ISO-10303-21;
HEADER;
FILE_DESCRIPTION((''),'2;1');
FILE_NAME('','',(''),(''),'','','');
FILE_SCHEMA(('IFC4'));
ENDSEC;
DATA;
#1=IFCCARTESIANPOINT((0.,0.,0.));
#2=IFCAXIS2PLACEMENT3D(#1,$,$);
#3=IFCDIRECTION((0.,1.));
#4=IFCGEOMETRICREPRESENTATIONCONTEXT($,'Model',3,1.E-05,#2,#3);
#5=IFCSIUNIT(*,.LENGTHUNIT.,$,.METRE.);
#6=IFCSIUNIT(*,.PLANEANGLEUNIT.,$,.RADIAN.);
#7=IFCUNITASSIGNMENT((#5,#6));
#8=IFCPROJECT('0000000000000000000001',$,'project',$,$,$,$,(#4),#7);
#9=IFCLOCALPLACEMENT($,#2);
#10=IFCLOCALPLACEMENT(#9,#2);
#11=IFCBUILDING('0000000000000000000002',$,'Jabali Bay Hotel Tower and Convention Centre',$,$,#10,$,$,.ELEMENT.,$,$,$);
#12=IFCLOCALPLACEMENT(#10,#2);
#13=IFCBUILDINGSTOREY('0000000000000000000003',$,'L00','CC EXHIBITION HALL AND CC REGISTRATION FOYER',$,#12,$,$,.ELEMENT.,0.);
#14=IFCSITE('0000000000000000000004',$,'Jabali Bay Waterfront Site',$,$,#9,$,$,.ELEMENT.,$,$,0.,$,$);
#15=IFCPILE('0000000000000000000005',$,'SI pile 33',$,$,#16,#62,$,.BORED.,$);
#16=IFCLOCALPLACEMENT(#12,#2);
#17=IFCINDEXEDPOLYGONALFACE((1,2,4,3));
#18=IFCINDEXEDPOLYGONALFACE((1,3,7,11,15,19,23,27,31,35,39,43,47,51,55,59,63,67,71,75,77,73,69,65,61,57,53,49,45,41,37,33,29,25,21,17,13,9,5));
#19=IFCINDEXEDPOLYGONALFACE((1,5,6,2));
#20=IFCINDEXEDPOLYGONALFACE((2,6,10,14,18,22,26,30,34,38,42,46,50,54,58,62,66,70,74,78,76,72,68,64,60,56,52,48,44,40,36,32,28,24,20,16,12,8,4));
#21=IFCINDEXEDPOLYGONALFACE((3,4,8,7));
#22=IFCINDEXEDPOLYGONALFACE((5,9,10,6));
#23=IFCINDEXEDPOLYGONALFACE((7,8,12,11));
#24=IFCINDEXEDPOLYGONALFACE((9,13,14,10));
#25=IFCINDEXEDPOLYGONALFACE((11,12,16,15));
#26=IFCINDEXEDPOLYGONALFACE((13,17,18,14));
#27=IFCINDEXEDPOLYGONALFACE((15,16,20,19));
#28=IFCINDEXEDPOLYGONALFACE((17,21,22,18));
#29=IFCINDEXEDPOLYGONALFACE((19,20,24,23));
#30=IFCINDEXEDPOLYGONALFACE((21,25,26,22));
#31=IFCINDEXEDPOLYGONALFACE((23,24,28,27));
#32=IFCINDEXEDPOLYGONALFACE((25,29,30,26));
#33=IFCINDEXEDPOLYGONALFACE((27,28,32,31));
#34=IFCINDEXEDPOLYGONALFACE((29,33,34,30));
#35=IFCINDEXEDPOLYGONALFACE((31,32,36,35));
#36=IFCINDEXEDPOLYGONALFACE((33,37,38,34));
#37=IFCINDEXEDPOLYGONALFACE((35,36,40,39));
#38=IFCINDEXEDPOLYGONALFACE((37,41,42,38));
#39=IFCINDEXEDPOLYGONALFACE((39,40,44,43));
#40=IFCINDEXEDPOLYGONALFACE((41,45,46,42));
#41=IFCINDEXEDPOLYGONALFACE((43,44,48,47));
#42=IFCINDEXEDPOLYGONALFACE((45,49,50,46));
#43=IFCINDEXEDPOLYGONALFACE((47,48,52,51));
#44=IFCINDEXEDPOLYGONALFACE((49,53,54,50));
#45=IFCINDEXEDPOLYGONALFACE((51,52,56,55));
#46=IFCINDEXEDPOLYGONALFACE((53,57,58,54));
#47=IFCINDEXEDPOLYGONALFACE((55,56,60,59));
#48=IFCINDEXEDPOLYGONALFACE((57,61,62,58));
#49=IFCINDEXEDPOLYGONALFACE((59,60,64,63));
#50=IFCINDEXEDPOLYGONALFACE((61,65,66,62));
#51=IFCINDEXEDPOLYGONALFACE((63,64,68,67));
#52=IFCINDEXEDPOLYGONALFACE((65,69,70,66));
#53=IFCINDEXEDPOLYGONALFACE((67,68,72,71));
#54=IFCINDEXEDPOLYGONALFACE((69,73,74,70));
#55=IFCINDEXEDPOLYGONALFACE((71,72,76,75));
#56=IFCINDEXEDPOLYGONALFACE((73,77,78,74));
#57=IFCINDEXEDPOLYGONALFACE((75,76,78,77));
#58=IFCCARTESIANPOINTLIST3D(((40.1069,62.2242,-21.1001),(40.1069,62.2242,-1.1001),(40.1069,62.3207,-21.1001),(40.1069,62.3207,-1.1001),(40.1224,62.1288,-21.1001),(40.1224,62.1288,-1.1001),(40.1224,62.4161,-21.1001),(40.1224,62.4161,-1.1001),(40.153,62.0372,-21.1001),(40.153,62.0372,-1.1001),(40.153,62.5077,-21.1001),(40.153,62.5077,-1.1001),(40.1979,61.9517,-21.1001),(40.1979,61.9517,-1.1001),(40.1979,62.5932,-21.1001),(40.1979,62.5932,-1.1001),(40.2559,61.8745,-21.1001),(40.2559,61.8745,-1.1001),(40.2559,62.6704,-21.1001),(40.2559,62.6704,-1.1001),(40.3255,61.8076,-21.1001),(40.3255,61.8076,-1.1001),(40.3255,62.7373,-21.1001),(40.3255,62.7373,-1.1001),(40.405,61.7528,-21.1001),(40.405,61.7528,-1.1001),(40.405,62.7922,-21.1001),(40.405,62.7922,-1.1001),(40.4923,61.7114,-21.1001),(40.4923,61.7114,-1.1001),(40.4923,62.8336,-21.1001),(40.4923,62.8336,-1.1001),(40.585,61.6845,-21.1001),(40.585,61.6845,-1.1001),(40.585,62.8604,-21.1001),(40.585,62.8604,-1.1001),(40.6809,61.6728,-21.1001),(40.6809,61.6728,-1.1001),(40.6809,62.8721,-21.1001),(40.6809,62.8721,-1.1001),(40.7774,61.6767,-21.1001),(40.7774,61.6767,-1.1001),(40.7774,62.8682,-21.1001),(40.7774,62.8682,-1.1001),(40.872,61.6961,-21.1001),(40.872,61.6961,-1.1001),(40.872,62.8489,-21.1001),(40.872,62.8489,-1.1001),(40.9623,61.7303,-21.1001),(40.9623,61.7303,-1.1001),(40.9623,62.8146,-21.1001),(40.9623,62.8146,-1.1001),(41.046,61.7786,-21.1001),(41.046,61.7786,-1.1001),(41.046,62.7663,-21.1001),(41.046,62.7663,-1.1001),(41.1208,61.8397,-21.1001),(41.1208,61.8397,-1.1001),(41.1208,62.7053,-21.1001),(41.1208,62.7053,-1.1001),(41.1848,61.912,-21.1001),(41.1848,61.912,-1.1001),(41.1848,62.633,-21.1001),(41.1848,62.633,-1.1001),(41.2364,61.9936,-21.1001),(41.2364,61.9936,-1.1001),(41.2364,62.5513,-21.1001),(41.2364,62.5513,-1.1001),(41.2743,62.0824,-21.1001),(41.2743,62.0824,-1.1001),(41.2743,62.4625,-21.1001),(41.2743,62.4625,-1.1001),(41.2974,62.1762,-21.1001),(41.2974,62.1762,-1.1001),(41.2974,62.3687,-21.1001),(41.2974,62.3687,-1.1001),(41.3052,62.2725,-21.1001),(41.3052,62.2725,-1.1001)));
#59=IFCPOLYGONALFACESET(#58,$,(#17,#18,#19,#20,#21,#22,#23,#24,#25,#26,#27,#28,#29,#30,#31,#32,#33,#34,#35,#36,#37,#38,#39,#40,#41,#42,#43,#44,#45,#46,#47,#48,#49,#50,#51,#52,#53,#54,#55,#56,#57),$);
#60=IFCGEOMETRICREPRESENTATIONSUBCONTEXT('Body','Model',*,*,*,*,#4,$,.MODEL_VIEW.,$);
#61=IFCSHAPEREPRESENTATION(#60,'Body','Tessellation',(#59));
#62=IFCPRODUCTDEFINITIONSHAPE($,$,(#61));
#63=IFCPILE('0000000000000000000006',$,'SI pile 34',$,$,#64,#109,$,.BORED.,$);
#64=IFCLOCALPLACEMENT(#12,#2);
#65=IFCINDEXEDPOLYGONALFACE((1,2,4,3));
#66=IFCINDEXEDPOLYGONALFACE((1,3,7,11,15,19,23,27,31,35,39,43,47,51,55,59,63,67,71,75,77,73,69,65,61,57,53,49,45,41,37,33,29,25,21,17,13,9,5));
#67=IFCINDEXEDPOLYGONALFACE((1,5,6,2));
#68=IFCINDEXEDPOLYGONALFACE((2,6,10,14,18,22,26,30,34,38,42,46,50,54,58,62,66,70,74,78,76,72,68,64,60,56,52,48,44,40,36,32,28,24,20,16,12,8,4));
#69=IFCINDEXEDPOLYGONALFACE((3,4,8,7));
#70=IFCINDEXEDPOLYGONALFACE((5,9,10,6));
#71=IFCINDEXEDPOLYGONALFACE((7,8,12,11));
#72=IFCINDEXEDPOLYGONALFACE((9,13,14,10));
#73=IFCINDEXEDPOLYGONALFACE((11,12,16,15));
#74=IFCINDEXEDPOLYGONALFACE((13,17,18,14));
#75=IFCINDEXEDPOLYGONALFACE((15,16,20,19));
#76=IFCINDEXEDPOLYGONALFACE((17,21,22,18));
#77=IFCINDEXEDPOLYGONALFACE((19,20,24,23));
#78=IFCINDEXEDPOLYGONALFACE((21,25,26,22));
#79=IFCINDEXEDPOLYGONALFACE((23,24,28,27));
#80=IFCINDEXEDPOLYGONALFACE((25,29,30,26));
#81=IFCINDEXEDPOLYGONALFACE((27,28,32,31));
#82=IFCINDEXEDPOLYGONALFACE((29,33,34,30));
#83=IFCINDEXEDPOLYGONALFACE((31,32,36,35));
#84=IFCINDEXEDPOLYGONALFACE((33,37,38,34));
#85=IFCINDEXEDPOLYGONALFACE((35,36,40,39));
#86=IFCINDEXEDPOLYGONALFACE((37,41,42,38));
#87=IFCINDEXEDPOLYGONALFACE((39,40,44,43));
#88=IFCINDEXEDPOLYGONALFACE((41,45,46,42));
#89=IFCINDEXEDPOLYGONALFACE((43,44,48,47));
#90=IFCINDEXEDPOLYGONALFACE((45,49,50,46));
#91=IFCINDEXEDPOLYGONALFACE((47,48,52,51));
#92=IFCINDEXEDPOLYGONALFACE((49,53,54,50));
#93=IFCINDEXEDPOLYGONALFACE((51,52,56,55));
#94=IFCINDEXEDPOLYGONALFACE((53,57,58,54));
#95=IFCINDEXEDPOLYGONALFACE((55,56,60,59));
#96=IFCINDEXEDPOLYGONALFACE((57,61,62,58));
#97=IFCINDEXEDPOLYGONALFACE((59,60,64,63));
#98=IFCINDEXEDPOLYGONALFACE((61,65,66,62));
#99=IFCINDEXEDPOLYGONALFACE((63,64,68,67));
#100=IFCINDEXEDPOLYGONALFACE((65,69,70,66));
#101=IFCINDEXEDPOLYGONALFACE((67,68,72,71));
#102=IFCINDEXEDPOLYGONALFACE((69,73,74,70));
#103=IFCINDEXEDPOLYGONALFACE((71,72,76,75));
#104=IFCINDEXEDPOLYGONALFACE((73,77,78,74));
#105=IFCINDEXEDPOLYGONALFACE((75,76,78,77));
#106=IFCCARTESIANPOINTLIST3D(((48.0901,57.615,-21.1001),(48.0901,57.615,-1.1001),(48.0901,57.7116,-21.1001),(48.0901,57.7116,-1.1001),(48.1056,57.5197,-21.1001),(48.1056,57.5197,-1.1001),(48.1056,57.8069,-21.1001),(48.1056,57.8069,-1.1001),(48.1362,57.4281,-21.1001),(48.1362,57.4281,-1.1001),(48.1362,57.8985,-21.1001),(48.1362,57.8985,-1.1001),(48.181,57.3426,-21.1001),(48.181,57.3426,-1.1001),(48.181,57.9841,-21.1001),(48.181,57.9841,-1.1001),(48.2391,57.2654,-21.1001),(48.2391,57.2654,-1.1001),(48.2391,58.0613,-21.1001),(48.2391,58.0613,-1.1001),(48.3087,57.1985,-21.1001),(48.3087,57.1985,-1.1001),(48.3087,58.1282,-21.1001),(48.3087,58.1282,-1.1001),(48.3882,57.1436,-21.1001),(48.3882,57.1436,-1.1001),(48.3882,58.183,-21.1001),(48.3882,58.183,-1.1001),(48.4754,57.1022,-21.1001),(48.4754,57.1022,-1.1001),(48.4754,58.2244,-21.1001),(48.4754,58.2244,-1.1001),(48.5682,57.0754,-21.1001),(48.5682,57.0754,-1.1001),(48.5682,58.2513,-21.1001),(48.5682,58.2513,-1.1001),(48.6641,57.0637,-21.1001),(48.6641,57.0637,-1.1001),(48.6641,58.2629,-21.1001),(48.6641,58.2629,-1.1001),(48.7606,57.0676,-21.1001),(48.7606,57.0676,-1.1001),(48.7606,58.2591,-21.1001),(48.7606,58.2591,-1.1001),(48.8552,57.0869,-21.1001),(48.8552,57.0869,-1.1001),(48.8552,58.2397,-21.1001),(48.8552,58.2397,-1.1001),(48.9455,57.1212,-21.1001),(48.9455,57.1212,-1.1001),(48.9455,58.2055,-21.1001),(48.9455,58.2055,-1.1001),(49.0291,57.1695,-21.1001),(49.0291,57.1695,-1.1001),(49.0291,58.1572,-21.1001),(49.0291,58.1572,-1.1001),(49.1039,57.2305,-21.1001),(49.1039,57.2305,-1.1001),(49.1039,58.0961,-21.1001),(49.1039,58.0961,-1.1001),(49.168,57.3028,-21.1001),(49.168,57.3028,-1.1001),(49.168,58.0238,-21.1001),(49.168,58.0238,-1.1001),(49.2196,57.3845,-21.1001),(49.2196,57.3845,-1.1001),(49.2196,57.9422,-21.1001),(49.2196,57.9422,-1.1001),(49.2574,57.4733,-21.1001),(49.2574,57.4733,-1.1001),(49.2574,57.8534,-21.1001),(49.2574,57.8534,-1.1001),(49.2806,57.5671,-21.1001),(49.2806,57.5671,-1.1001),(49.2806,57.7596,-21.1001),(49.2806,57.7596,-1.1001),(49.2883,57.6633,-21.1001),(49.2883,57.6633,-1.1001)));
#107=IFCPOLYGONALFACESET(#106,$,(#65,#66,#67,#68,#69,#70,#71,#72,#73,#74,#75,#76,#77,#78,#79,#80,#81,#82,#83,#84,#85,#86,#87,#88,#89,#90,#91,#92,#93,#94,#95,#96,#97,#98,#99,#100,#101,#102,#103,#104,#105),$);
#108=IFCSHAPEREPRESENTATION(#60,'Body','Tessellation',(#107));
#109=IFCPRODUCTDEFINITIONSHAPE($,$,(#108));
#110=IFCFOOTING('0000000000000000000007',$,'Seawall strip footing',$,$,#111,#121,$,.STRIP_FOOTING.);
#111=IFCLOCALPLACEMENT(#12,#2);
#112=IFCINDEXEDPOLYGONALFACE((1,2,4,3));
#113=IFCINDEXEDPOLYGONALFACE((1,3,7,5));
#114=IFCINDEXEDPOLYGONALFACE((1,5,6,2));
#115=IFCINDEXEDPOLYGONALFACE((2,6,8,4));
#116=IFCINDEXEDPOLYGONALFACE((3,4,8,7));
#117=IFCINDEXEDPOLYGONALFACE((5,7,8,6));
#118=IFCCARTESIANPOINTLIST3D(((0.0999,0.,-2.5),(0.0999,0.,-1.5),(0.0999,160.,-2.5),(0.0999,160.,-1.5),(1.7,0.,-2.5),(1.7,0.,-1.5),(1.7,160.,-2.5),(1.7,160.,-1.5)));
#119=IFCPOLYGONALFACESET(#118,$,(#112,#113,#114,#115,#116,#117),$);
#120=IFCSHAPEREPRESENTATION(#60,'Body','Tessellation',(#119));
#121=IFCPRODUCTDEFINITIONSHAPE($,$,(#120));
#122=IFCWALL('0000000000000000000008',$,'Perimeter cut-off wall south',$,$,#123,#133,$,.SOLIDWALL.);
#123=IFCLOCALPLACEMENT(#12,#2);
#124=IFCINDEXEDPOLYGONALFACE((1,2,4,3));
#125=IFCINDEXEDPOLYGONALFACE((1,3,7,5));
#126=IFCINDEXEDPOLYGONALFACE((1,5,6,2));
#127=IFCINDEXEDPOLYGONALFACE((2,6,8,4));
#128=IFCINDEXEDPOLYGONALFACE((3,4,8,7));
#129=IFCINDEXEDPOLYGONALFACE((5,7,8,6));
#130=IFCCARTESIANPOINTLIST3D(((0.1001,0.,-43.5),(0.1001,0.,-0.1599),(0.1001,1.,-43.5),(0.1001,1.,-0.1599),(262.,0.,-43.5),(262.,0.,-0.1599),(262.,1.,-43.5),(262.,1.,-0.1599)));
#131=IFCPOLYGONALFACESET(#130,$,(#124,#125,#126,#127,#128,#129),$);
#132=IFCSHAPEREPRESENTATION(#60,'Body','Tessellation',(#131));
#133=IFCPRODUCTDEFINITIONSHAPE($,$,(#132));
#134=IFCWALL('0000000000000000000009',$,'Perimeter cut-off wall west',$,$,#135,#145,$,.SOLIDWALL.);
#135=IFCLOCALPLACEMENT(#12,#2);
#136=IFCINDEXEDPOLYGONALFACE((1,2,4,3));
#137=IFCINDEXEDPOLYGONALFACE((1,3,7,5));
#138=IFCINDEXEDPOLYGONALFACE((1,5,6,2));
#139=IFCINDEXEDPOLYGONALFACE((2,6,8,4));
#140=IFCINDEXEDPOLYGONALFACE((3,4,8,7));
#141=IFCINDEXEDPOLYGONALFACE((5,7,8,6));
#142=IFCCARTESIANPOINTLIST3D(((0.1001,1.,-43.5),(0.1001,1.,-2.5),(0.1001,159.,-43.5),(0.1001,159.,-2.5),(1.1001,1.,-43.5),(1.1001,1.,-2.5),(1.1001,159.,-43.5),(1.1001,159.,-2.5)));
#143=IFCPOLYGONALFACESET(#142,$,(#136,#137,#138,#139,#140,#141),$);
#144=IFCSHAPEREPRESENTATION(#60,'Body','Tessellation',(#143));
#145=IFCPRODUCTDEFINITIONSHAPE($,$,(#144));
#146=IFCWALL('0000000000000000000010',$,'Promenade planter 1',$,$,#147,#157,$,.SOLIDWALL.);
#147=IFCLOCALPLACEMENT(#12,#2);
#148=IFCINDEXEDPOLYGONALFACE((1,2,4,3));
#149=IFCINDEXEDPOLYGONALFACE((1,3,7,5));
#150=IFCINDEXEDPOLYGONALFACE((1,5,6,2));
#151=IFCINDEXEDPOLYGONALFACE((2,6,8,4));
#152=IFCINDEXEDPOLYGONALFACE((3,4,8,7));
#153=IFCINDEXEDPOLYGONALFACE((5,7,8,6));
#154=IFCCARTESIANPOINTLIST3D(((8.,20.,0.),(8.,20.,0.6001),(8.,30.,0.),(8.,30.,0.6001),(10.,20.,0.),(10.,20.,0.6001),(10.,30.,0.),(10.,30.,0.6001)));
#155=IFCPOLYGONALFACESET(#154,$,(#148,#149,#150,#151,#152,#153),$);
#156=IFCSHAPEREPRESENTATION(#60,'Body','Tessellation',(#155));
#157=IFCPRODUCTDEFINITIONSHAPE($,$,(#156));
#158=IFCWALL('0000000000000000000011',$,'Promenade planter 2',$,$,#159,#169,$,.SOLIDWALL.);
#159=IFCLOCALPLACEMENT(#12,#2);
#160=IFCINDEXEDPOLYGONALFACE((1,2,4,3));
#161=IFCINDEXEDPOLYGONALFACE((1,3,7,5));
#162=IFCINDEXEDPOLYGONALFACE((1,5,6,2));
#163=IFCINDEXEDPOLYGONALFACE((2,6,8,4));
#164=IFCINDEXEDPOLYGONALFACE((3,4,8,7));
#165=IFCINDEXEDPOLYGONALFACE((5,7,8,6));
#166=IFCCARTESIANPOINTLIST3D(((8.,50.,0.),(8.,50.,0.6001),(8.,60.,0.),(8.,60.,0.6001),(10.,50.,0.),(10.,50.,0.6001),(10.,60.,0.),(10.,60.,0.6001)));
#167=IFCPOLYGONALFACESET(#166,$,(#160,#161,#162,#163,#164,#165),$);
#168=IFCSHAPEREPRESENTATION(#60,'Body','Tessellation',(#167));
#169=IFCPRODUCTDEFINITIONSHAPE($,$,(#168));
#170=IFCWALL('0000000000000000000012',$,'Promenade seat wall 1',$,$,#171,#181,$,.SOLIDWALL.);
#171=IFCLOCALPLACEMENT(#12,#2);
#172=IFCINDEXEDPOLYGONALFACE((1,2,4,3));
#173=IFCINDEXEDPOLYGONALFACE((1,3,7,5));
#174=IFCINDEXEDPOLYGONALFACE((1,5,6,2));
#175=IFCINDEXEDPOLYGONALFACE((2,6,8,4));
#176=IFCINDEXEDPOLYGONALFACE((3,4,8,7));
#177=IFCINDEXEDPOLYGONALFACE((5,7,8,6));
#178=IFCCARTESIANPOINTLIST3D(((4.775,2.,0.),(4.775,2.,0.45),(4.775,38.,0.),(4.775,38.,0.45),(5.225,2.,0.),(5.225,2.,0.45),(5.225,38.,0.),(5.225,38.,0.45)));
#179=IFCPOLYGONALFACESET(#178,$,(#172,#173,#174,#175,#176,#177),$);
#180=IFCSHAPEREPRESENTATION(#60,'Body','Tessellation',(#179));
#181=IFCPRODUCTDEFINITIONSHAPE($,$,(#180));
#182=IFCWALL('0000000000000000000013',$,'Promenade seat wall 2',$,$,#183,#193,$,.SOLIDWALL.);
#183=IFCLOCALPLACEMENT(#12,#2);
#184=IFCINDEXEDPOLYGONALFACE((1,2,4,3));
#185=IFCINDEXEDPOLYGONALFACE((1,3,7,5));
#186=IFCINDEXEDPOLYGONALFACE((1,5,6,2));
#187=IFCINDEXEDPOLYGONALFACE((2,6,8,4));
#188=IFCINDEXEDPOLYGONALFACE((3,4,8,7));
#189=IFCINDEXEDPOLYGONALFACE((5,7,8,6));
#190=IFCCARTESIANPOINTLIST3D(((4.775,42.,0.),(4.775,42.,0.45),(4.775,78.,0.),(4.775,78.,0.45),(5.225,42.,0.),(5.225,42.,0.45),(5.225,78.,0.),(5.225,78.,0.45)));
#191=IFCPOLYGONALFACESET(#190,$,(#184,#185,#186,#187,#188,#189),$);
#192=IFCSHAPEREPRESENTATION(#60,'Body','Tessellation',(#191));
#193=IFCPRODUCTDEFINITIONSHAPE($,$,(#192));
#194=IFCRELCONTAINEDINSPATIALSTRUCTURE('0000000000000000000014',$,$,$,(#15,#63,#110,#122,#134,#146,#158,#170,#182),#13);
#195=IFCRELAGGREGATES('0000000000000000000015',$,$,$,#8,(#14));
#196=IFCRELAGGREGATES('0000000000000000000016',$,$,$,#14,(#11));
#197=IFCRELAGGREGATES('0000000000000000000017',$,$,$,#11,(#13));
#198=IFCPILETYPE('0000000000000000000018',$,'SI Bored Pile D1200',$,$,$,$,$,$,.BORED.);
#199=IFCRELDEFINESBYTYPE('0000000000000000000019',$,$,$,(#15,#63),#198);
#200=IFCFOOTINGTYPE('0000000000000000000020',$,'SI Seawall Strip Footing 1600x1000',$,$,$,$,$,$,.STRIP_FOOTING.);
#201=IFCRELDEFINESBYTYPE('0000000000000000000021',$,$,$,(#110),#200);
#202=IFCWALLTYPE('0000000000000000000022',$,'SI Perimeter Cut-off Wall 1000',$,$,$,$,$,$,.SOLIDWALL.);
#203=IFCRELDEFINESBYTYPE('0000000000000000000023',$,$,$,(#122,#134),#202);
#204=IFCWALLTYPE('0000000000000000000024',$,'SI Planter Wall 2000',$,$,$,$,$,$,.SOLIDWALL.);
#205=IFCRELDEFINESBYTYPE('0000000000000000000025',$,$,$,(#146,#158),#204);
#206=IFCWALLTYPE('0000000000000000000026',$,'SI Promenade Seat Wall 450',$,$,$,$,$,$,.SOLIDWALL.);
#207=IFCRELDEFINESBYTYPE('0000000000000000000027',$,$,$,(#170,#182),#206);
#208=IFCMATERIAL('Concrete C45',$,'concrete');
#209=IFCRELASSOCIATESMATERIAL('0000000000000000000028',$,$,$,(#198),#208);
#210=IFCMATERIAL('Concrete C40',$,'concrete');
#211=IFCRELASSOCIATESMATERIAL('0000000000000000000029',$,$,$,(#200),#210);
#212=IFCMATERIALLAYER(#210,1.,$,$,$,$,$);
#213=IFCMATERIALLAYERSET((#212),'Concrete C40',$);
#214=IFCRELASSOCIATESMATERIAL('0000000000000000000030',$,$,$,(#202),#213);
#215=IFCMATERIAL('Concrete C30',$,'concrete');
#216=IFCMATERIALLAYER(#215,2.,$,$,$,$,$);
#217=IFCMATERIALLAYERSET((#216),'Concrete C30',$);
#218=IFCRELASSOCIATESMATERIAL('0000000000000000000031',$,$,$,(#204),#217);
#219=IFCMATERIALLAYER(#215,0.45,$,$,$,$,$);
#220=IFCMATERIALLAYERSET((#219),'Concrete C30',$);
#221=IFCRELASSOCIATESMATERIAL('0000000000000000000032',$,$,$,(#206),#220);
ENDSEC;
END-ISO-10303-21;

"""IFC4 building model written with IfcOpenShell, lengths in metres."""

from ifc_helpers import new_model, si_unit, direction, frame, frame_2d, origin, origin_2d, place, context, subcontext, project, spatial, rectangle, circle, extrude, material, layer, layer_set, material_profile, profile_set, type_object, element, save


model = new_model("IFC4")

# Units and contexts
model_context = context("Model", 3, precision=1e-05, world=origin(), true_north=direction((0.0, 1.0)))
body_context = subcontext(model_context, "Body", "Model", "MODEL_VIEW")
ifc_project = project(units=[si_unit("LENGTHUNIT", "METRE"), si_unit("PLANEANGLEUNIT", "RADIAN")], contexts=[model_context])

# Site, building, storey
site_placement = place(None, origin())
site = spatial("IfcSite", under=ifc_project, at=site_placement, Name="Jabali Bay Waterfront Site", CompositionType="ELEMENT", RefElevation=0.0)
building_placement = place(site_placement, origin())
building = spatial("IfcBuilding", under=site, at=building_placement, Name="Jabali Bay Hotel Tower and Convention Centre", CompositionType="ELEMENT")
storey_placement = place(building_placement, origin())
storey = spatial("IfcBuildingStorey", under=building, at=storey_placement, Name="L00", Description="CC EXHIBITION HALL AND CC REGISTRATION FOYER", CompositionType="ELEMENT", Elevation=0.0)

# Piles
ifc_material_1 = material(Name="Concrete C45", Category="concrete")
ifc_material_profile_1 = material_profile(ifc_material_1, circle(Radius=0.6001, at=origin_2d()), Name="D1200")
ifc_profile_set_1 = profile_set([ifc_material_profile_1], Name="Concrete C45")
pile_type = type_object("IfcPileType", Name="SI Bored Pile D1200", PredefinedType="BORED", material=ifc_profile_set_1)
for number, where, z_axis, x_axis, name in (
    (1, (40.7051, 62.2725, -1.1001), (0.0, 0.0, -1.0), (1.0, 0.0, 0.0), "SI pile 33"),
    (2, (48.6882, 57.6633, -1.1001), (0.0, 0.0, -1.0), (1.0, 0.0, 0.0), "SI pile 34"),
):
    element("IfcPile", number, at=place(storey_placement, frame(where, z_axis=z_axis, x_axis=x_axis)), inside=storey, type_object=pile_type, Name=name, PredefinedType="BORED", context=body_context, shape_type="SweptSolid", body=[
        extrude(circle(Radius=0.6001, at=origin_2d()), origin(), (0.0, 0.0, 1.0), 20.0),
    ])

# Footing
ifc_material_2 = material(Name="Concrete C40", Category="concrete")
ifc_material_profile_2 = material_profile(ifc_material_2, rectangle(XDim=1.6001, YDim=1.0, at=origin_2d()), Name="RC 1600x1000")
ifc_profile_set_2 = profile_set([ifc_material_profile_2], Name="Concrete C40")
footing_type = type_object("IfcFootingType", Name="SI Seawall Strip Footing 1600x1000", PredefinedType="STRIP_FOOTING", material=ifc_profile_set_2)
footing_placement = place(storey_placement, frame((0.8999, 0.0, -2.0), z_axis=(0.0, 1.0, 0.0), x_axis=(-1.0, 0.0, 0.0)))
element("IfcFooting", 3, at=footing_placement, inside=storey, type_object=footing_type, Name="Seawall strip footing", PredefinedType="STRIP_FOOTING", context=body_context, shape_type="SweptSolid", body=[
    extrude(rectangle(XDim=1.6001, YDim=1.0, at=origin_2d()), origin(), (0.0, 0.0, 1.0), 160.0),
])

# Walls
ifc_layer_1 = layer(ifc_material_2, 1.0)
ifc_layer_set_1 = layer_set([ifc_layer_1], Name="Concrete C40")
wall_type_1 = type_object("IfcWallType", Name="SI Perimeter Cut-off Wall 1000", PredefinedType="SOLIDWALL", material=ifc_layer_set_1)
wall_1_placement = place(storey_placement, frame((0.1001, 0.5, -43.5), z_axis=(0.0, 0.0, 1.0), x_axis=(1.0, 0.0, 0.0)))
element("IfcWall", 4, at=wall_1_placement, inside=storey, type_object=wall_type_1, Name="Perimeter cut-off wall south", PredefinedType="SOLIDWALL", context=body_context, shape_type="SweptSolid", body=[
    extrude(rectangle(XDim=261.8999, YDim=1.0, at=frame_2d((130.95, 0.0))), origin(), (0.0, 0.0, 1.0), 43.3401),
])
wall_2_placement = place(storey_placement, frame((0.6001, 1.0, -43.5), z_axis=(0.0, 0.0, 1.0), x_axis=(0.0, 1.0, 0.0)))
element("IfcWall", 5, at=wall_2_placement, inside=storey, type_object=wall_type_1, Name="Perimeter cut-off wall west", PredefinedType="SOLIDWALL", context=body_context, shape_type="SweptSolid", body=[
    extrude(rectangle(XDim=158.0, YDim=1.0, at=frame_2d((79.0, 0.0))), origin(), (0.0, 0.0, 1.0), 41.0),
])
ifc_material_3 = material(Name="Concrete C30", Category="concrete")
ifc_layer_2 = layer(ifc_material_3, 2.0)
ifc_layer_set_2 = layer_set([ifc_layer_2], Name="Concrete C30")
wall_type_2 = type_object("IfcWallType", Name="SI Planter Wall 2000", PredefinedType="SOLIDWALL", material=ifc_layer_set_2)
for number, where, z_axis, x_axis, name in (
    (6, (9.0, 20.0, 0.0), (0.0, 0.0, 1.0), (0.0, 1.0, 0.0), "Promenade planter 1"),
    (7, (9.0, 50.0, 0.0), (0.0, 0.0, 1.0), (0.0, 1.0, 0.0), "Promenade planter 2"),
):
    element("IfcWall", number, at=place(storey_placement, frame(where, z_axis=z_axis, x_axis=x_axis)), inside=storey, type_object=wall_type_2, Name=name, PredefinedType="SOLIDWALL", context=body_context, shape_type="SweptSolid", body=[
        extrude(rectangle(XDim=10.0, YDim=2.0, at=frame_2d((5.0, 0.0))), origin(), (0.0, 0.0, 1.0), 0.6001),
    ])
ifc_layer_3 = layer(ifc_material_3, 0.45)
ifc_layer_set_3 = layer_set([ifc_layer_3], Name="Concrete C30")
wall_type_3 = type_object("IfcWallType", Name="SI Promenade Seat Wall 450", PredefinedType="SOLIDWALL", material=ifc_layer_set_3)
for number, where, z_axis, x_axis, name in (
    (8, (5.0, 2.0, 0.0), (0.0, 0.0, 1.0), (0.0, 1.0, 0.0), "Promenade seat wall 1"),
    (9, (5.0, 42.0, 0.0), (0.0, 0.0, 1.0), (0.0, 1.0, 0.0), "Promenade seat wall 2"),
):
    element("IfcWall", number, at=place(storey_placement, frame(where, z_axis=z_axis, x_axis=x_axis)), inside=storey, type_object=wall_type_3, Name=name, PredefinedType="SOLIDWALL", context=body_context, shape_type="SweptSolid", body=[
        extrude(rectangle(XDim=36.0, YDim=0.45, at=frame_2d((18.0, 0.0))), origin(), (0.0, 0.0, 1.0), 0.45),
    ])

save(model, "model.ifc")
